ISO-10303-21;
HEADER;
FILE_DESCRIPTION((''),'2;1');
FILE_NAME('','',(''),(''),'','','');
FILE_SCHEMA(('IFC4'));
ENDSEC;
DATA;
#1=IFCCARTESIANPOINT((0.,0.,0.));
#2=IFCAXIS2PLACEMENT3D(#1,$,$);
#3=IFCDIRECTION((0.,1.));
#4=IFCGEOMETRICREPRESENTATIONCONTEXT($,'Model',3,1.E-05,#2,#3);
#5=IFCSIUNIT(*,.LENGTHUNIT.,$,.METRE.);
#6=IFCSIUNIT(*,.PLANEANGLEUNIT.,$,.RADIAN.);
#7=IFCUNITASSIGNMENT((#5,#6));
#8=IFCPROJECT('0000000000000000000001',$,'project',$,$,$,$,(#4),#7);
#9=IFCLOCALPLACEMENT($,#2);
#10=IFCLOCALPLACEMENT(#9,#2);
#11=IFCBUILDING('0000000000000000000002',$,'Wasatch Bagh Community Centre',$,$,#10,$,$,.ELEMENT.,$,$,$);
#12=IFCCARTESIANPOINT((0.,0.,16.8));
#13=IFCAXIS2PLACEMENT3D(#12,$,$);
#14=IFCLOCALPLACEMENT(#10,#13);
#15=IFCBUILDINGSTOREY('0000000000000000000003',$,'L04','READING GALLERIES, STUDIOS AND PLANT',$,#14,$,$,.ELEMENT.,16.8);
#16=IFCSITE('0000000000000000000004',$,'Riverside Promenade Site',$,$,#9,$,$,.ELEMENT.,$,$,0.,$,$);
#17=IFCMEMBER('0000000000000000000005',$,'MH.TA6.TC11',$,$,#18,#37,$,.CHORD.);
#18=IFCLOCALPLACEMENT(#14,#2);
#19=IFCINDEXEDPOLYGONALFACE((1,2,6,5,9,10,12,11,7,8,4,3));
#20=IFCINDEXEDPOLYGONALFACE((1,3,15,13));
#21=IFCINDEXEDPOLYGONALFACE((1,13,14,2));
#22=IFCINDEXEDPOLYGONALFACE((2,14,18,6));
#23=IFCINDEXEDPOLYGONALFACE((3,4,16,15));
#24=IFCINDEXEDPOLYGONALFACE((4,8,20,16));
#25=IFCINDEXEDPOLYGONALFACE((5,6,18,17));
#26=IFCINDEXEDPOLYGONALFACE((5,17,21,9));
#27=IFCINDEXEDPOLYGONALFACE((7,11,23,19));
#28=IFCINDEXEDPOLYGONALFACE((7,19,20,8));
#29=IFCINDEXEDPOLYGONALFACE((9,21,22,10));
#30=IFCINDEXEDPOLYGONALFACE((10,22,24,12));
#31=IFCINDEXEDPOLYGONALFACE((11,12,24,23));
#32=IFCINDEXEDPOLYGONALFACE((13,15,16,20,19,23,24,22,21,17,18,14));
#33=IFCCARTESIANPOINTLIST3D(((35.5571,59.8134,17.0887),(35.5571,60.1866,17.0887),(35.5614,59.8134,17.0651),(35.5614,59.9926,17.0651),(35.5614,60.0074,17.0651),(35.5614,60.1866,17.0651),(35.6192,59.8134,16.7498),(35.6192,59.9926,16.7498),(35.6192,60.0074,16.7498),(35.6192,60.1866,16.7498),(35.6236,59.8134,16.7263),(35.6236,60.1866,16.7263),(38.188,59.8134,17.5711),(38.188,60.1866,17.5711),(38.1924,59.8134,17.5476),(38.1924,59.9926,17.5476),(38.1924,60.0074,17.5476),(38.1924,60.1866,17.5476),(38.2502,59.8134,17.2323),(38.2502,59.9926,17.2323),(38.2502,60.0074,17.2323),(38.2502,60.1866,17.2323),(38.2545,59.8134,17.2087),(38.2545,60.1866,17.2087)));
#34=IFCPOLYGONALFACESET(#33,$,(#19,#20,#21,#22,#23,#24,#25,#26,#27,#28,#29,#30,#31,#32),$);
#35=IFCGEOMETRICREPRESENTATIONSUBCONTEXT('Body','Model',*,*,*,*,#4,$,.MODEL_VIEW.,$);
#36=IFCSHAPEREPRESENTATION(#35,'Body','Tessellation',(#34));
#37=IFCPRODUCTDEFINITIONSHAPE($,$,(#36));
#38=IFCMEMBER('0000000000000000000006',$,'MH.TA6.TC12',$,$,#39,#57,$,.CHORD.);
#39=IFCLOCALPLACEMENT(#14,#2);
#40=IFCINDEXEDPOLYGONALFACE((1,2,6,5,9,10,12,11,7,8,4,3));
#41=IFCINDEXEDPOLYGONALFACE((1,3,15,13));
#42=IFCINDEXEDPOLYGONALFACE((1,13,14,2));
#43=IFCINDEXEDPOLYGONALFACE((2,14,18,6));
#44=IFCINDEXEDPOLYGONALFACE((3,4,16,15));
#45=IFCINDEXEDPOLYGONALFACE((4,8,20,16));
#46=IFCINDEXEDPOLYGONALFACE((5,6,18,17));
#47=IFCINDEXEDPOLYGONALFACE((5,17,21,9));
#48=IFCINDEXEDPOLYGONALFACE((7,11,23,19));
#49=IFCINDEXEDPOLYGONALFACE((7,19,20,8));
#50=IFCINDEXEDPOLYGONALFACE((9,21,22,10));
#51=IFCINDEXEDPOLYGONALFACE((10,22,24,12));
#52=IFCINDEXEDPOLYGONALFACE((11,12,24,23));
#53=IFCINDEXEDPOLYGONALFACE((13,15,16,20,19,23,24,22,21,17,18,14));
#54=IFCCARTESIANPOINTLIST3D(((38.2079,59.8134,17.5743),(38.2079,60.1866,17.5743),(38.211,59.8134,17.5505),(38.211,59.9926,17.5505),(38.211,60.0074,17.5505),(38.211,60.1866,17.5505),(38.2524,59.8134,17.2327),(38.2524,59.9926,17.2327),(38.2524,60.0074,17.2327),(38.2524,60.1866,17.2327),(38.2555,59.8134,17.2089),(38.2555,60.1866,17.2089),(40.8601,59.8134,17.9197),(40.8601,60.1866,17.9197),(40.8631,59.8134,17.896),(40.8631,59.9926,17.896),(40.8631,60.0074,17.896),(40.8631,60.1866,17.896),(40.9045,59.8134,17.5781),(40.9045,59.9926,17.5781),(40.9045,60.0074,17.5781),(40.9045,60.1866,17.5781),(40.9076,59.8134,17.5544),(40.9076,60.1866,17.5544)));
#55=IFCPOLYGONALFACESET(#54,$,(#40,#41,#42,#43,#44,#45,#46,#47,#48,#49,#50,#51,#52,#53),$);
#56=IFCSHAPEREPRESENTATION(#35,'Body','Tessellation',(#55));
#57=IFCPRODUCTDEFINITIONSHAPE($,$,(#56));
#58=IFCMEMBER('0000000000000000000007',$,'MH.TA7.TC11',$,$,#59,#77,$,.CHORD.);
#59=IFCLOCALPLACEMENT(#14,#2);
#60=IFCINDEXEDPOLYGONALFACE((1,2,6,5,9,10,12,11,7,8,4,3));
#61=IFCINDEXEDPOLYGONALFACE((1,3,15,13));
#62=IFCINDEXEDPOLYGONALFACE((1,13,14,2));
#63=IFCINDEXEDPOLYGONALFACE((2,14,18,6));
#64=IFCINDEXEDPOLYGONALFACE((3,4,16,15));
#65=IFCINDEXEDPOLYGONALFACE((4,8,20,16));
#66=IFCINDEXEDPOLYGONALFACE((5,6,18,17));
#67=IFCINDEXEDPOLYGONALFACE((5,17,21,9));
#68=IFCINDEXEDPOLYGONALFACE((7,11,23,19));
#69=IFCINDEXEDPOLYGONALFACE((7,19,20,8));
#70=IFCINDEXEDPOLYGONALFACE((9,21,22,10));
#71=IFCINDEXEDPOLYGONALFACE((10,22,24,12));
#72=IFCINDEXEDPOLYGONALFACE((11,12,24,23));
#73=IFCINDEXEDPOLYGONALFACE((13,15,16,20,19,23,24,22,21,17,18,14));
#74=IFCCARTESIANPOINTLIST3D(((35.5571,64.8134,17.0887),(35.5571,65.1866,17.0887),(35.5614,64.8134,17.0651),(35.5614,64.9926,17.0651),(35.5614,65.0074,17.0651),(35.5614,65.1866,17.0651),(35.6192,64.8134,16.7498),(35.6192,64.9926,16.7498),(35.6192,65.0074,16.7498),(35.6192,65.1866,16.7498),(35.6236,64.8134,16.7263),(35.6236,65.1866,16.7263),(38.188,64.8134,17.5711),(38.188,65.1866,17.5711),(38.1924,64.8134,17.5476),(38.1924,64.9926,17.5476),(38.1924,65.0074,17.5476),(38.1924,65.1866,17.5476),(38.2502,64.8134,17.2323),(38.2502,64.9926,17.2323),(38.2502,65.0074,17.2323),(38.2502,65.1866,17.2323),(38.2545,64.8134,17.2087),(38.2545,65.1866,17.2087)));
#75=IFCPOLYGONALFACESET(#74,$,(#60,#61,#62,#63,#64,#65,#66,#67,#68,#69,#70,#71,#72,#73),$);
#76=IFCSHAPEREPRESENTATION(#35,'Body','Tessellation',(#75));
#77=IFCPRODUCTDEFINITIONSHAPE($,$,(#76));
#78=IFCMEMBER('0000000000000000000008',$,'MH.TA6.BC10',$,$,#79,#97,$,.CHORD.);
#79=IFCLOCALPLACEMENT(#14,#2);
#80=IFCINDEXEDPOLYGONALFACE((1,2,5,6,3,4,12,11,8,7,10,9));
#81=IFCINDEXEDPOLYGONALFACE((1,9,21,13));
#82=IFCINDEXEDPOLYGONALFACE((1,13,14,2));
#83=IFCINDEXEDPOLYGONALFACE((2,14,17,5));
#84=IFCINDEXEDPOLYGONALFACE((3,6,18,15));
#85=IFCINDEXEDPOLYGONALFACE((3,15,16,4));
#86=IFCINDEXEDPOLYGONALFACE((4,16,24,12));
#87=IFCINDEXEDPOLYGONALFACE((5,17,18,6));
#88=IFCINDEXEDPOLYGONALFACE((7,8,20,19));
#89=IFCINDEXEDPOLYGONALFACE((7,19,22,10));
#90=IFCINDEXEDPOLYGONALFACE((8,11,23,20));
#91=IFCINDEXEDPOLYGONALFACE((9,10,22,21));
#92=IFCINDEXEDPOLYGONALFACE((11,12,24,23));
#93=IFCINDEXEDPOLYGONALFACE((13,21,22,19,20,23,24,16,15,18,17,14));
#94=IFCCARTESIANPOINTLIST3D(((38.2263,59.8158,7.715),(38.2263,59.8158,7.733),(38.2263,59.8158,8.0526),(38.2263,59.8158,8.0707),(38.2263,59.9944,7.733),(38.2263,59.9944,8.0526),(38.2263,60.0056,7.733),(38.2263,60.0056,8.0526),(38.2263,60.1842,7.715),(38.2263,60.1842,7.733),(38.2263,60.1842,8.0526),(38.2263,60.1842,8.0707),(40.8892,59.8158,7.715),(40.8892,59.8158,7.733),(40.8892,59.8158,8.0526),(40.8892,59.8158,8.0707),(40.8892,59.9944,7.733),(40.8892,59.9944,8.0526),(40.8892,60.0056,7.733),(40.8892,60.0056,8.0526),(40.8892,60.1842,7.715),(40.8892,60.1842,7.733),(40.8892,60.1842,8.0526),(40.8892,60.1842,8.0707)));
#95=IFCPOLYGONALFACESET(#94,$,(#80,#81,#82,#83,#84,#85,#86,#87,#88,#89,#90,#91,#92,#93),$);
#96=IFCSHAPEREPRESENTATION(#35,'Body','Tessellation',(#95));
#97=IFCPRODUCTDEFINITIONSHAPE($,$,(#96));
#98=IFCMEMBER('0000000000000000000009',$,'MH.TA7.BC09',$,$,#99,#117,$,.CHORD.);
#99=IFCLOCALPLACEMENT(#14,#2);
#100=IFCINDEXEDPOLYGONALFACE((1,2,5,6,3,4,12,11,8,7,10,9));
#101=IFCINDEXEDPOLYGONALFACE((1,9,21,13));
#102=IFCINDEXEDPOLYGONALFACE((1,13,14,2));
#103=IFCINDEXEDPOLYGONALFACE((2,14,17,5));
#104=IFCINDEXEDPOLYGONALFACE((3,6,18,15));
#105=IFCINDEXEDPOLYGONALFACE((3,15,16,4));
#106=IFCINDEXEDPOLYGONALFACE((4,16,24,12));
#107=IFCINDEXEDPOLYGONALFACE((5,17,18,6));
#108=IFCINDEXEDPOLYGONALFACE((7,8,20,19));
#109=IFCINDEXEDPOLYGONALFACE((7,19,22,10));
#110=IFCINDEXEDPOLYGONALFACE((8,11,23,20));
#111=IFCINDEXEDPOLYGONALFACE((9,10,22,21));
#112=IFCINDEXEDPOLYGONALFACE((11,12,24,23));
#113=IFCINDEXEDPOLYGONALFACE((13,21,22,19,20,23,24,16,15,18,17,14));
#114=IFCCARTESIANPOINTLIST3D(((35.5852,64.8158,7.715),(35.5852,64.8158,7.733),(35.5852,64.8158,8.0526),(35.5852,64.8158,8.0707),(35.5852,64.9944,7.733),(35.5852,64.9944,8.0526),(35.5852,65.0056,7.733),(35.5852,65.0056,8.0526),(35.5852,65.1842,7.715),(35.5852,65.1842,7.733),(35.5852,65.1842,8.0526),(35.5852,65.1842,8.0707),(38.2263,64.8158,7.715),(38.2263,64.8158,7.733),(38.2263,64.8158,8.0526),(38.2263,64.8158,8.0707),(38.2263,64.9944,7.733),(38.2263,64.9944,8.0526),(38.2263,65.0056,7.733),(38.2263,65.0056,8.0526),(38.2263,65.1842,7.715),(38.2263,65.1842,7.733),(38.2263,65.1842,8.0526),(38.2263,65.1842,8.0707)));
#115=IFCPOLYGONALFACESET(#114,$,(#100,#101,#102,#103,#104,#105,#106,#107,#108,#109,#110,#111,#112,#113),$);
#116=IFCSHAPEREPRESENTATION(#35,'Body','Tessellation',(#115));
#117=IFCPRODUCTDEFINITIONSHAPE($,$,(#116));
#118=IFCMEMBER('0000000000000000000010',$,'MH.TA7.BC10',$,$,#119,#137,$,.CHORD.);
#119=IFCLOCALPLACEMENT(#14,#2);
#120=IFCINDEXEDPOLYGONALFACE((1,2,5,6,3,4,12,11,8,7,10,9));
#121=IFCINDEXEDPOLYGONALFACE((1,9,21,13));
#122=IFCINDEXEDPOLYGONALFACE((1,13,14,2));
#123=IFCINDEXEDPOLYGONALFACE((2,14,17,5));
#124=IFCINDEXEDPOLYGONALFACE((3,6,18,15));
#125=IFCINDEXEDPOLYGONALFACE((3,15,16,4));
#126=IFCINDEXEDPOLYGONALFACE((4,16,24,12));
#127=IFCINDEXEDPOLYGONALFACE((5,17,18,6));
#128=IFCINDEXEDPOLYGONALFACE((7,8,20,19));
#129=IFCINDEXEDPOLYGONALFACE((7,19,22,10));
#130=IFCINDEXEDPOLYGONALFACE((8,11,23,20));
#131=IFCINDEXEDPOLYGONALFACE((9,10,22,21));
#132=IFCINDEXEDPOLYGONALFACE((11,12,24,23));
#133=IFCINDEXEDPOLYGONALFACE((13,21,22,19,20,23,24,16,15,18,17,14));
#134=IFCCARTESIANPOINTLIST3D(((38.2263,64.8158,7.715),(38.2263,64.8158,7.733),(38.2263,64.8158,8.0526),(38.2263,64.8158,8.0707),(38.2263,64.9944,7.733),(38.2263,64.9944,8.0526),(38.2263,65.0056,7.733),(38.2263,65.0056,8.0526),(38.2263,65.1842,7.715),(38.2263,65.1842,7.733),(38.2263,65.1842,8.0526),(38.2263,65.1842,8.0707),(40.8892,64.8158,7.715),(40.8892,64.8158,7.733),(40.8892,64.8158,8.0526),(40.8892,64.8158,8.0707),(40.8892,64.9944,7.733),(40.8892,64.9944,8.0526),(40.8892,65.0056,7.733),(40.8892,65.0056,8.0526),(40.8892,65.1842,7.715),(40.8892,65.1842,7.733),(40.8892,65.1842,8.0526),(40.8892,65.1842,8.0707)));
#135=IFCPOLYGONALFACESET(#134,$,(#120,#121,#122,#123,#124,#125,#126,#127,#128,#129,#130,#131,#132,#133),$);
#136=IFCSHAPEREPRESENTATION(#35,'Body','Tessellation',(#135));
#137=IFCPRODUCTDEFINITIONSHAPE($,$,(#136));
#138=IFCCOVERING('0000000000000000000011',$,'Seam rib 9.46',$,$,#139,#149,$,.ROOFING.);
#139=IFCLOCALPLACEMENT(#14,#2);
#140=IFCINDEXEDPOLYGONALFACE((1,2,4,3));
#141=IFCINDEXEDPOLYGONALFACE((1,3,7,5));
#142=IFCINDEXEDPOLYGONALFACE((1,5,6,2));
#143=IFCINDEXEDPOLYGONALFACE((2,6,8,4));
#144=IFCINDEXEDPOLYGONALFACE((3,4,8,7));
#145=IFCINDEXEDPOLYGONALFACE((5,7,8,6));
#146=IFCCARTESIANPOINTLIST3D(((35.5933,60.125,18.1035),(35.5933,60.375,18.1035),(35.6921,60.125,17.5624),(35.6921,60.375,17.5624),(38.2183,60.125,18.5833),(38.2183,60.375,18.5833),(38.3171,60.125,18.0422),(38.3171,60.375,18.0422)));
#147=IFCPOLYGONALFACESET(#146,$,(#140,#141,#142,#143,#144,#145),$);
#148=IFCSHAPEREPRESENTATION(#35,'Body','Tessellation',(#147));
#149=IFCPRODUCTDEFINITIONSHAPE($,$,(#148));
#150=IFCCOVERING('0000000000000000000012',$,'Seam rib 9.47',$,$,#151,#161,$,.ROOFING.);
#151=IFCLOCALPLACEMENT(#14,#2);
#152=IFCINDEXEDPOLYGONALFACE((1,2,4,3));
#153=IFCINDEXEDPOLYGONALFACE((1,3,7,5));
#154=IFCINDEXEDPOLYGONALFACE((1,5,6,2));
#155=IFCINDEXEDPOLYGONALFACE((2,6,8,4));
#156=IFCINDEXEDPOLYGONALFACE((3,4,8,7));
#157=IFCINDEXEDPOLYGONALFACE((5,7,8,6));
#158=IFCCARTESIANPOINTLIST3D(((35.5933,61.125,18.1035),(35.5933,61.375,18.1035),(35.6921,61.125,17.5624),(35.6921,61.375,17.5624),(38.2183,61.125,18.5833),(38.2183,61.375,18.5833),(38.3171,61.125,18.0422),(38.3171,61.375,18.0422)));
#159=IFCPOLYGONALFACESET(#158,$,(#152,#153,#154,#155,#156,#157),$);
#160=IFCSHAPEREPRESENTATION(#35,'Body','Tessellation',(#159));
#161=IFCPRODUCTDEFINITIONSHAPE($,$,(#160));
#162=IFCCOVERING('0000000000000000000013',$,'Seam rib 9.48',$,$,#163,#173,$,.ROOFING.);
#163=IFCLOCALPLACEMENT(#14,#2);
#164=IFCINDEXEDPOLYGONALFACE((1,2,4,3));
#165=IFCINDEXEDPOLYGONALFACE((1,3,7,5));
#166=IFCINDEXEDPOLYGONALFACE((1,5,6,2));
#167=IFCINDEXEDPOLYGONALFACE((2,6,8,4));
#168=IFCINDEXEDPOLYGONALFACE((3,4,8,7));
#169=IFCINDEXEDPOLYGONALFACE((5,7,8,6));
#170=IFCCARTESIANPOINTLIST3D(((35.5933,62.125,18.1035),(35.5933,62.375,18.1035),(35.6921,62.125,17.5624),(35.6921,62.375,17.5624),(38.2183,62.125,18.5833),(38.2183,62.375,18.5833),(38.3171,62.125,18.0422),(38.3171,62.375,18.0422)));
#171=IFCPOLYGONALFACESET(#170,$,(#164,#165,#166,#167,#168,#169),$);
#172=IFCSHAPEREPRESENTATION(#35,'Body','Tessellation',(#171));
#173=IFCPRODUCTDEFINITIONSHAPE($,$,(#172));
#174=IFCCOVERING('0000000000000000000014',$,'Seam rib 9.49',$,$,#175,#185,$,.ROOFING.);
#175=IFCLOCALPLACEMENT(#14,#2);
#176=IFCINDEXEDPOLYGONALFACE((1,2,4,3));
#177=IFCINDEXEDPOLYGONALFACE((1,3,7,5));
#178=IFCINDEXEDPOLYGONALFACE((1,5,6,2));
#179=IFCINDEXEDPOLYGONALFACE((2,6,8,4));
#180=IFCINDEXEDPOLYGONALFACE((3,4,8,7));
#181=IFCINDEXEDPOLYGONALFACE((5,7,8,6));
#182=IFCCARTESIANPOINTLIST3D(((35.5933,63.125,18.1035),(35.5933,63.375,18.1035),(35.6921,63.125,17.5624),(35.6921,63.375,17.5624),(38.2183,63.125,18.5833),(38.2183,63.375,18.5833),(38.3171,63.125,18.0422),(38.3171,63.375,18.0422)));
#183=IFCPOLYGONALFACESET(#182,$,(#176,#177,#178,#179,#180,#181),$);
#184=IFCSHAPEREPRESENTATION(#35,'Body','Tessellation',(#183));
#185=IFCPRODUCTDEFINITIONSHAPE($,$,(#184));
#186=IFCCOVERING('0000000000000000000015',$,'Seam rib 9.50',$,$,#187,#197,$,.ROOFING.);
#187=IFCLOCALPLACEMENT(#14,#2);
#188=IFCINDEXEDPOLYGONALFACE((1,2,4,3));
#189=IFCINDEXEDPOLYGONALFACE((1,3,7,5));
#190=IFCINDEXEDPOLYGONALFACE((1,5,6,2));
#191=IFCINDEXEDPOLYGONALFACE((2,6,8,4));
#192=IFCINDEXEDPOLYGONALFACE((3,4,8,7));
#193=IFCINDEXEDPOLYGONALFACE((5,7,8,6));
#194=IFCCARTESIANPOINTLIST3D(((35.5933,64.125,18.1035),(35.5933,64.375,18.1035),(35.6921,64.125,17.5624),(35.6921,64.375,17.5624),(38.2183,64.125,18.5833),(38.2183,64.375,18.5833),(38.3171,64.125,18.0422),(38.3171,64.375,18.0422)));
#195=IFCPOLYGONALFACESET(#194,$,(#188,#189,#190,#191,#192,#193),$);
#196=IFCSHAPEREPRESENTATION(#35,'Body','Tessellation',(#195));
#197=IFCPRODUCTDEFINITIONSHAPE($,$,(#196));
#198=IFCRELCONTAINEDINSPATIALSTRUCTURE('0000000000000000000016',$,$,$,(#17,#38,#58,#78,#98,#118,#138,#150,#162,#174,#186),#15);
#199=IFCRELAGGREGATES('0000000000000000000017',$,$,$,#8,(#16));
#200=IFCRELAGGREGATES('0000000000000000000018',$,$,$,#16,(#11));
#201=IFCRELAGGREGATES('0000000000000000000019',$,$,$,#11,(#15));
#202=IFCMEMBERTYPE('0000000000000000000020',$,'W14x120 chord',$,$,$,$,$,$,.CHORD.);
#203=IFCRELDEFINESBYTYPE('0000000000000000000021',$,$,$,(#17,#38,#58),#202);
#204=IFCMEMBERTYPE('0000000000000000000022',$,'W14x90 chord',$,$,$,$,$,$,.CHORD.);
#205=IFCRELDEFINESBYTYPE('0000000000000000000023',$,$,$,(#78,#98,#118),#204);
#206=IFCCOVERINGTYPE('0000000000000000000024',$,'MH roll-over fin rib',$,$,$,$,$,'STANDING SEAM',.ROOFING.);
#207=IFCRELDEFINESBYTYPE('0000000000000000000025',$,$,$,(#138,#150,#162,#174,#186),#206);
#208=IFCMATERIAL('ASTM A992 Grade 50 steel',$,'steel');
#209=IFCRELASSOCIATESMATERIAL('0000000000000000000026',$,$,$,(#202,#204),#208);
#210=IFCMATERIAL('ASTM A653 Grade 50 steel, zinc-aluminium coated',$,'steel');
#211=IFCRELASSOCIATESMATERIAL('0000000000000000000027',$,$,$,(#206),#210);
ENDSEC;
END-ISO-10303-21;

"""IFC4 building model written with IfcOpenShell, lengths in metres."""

from ifc_helpers import new_model, si_unit, direction, frame, origin, origin_2d, place, context, subcontext, project, spatial, polyline, i_section, outline, extrude, material, material_profile, profile_set, type_object, element, save


model = new_model("IFC4")

# Units and contexts
model_context = context("Model", 3, precision=1e-05, world=origin(), true_north=direction((0.0, 1.0)))
body_context = subcontext(model_context, "Body", "Model", "MODEL_VIEW")
ifc_project = project(units=[si_unit("LENGTHUNIT", "METRE"), si_unit("PLANEANGLEUNIT", "RADIAN")], contexts=[model_context])

# Site, building, storey
site_placement = place(None, origin())
site = spatial("IfcSite", under=ifc_project, at=site_placement, Name="Riverside Promenade Site", CompositionType="ELEMENT", RefElevation=0.0)
building_placement = place(site_placement, origin())
building = spatial("IfcBuilding", under=site, at=building_placement, Name="Wasatch Bagh Community Centre", CompositionType="ELEMENT")
storey_placement = place(building_placement, frame((0.0, 0.0, 16.8)))
storey = spatial("IfcBuildingStorey", under=building, at=storey_placement, Name="L04", Description="READING GALLERIES, STUDIOS AND PLANT", CompositionType="ELEMENT", Elevation=16.8)

# Members
ifc_material_1 = material(Name="ASTM A992 Grade 50 steel", Category="steel")
ifc_material_profile_1 = material_profile(ifc_material_1, i_section(OverallWidth=0.3733, OverallDepth=0.3684, WebThickness=0.0149, FlangeThickness=0.0239, at=origin_2d()), Name="W14x120")
ifc_profile_set_1 = profile_set([ifc_material_profile_1], Name="ASTM A992 Grade 50 steel")
member_type_1 = type_object("IfcMemberType", Name="W14x120 chord", PredefinedType="CHORD", material=ifc_profile_set_1)
member_1_placement = place(storey_placement, frame((35.5903, 60.0, 16.9075), z_axis=(0.9836, 0.0, 0.180363), x_axis=(0.0, 1.0, 0.0)))
element("IfcMember", 1, at=member_1_placement, inside=storey, type_object=member_type_1, Name="MH.TA6.TC11", PredefinedType="CHORD", context=body_context, shape_type="SweptSolid", body=[
    extrude(i_section(OverallWidth=0.3733, OverallDepth=0.3684, WebThickness=0.0149, FlangeThickness=0.0239, at=origin_2d()), origin(), (0.0, 0.0, 1.0), 2.6748),
])
member_2_placement = place(storey_placement, frame((38.2317, 60.0, 17.3916), z_axis=(0.991623, 0.0, 0.129167), x_axis=(0.0, 1.0, 0.0)))
element("IfcMember", 2, at=member_2_placement, inside=storey, type_object=member_type_1, Name="MH.TA6.TC12", PredefinedType="CHORD", context=body_context, shape_type="SweptSolid", body=[
    extrude(i_section(OverallWidth=0.3733, OverallDepth=0.3684, WebThickness=0.0149, FlangeThickness=0.0239, at=origin_2d()), origin(), (0.0, 0.0, 1.0), 2.6746),
])
member_3_placement = place(storey_placement, frame((35.5903, 65.0, 16.9075), z_axis=(0.9836, 0.0, 0.180363), x_axis=(0.0, 1.0, 0.0)))
element("IfcMember", 3, at=member_3_placement, inside=storey, type_object=member_type_1, Name="MH.TA7.TC11", PredefinedType="CHORD", context=body_context, shape_type="SweptSolid", body=[
    extrude(i_section(OverallWidth=0.3733, OverallDepth=0.3684, WebThickness=0.0149, FlangeThickness=0.0239, at=origin_2d()), origin(), (0.0, 0.0, 1.0), 2.6748),
])
ifc_material_profile_2 = material_profile(ifc_material_1, i_section(OverallWidth=0.3684, OverallDepth=0.3557, WebThickness=0.0112, FlangeThickness=0.0181, at=origin_2d()), Name="W14x90")
ifc_profile_set_2 = profile_set([ifc_material_profile_2], Name="ASTM A992 Grade 50 steel")
member_type_2 = type_object("IfcMemberType", Name="W14x90 chord", PredefinedType="CHORD", material=ifc_profile_set_2)
member_4_placement = place(storey_placement, frame((38.2263, 60.0, 7.8928), z_axis=(1.0, 0.0, 0.0), x_axis=(0.0, 1.0, 0.0)))
element("IfcMember", 4, at=member_4_placement, inside=storey, type_object=member_type_2, Name="MH.TA6.BC10", PredefinedType="CHORD", context=body_context, shape_type="SweptSolid", body=[
    extrude(i_section(OverallWidth=0.3684, OverallDepth=0.3557, WebThickness=0.0112, FlangeThickness=0.0181, at=origin_2d()), origin(), (0.0, 0.0, 1.0), 2.6628),
])
member_5_placement = place(storey_placement, frame((35.5852, 65.0, 7.8928), z_axis=(1.0, 0.0, 0.0), x_axis=(0.0, 1.0, 0.0)))
element("IfcMember", 5, at=member_5_placement, inside=storey, type_object=member_type_2, Name="MH.TA7.BC09", PredefinedType="CHORD", context=body_context, shape_type="SweptSolid", body=[
    extrude(i_section(OverallWidth=0.3684, OverallDepth=0.3557, WebThickness=0.0112, FlangeThickness=0.0181, at=origin_2d()), origin(), (0.0, 0.0, 1.0), 2.6411),
])
member_6_placement = place(storey_placement, frame((38.2263, 65.0, 7.8928), z_axis=(1.0, 0.0, 0.0), x_axis=(0.0, 1.0, 0.0)))
element("IfcMember", 6, at=member_6_placement, inside=storey, type_object=member_type_2, Name="MH.TA7.BC10", PredefinedType="CHORD", context=body_context, shape_type="SweptSolid", body=[
    extrude(i_section(OverallWidth=0.3684, OverallDepth=0.3557, WebThickness=0.0112, FlangeThickness=0.0181, at=origin_2d()), origin(), (0.0, 0.0, 1.0), 2.6628),
])

# Coverings
ifc_material_2 = material(Name="ASTM A653 Grade 50 steel, zinc-aluminium coated", Category="steel")
covering_type = type_object("IfcCoveringType", Name="MH roll-over fin rib", ElementType="STANDING SEAM", PredefinedType="ROOFING", material=ifc_material_2)
for number, where, z_axis, x_axis, name in (
    (7, (35.5933, 60.125, 18.1035), (-0.179779, 0.0, 0.983707), (0.983707, 0.0, 0.179779), "Seam rib 9.46"),
    (8, (35.5933, 61.125, 18.1035), (-0.179779, 0.0, 0.983707), (0.983707, 0.0, 0.179779), "Seam rib 9.47"),
    (9, (35.5933, 62.125, 18.1035), (-0.179779, 0.0, 0.983707), (0.983707, 0.0, 0.179779), "Seam rib 9.48"),
    (10, (35.5933, 63.125, 18.1035), (-0.179779, 0.0, 0.983707), (0.983707, 0.0, 0.179779), "Seam rib 9.49"),
    (11, (35.5933, 64.125, 18.1035), (-0.179779, 0.0, 0.983707), (0.983707, 0.0, 0.179779), "Seam rib 9.50"),
):
    element("IfcCovering", number, at=place(storey_placement, frame(where, z_axis=z_axis, x_axis=x_axis)), inside=storey, type_object=covering_type, Name=name, PredefinedType="ROOFING", context=body_context, shape_type="SweptSolid", body=[
        extrude(outline(polyline([(0.0, 0.0), (2.6685, 0.0), (2.6685, 0.25), (0.0, 0.25), (0.0, 0.0)])), origin(), (0.0, 0.0, -1.0), 0.55),
    ])

save(model, "model.ifc")
